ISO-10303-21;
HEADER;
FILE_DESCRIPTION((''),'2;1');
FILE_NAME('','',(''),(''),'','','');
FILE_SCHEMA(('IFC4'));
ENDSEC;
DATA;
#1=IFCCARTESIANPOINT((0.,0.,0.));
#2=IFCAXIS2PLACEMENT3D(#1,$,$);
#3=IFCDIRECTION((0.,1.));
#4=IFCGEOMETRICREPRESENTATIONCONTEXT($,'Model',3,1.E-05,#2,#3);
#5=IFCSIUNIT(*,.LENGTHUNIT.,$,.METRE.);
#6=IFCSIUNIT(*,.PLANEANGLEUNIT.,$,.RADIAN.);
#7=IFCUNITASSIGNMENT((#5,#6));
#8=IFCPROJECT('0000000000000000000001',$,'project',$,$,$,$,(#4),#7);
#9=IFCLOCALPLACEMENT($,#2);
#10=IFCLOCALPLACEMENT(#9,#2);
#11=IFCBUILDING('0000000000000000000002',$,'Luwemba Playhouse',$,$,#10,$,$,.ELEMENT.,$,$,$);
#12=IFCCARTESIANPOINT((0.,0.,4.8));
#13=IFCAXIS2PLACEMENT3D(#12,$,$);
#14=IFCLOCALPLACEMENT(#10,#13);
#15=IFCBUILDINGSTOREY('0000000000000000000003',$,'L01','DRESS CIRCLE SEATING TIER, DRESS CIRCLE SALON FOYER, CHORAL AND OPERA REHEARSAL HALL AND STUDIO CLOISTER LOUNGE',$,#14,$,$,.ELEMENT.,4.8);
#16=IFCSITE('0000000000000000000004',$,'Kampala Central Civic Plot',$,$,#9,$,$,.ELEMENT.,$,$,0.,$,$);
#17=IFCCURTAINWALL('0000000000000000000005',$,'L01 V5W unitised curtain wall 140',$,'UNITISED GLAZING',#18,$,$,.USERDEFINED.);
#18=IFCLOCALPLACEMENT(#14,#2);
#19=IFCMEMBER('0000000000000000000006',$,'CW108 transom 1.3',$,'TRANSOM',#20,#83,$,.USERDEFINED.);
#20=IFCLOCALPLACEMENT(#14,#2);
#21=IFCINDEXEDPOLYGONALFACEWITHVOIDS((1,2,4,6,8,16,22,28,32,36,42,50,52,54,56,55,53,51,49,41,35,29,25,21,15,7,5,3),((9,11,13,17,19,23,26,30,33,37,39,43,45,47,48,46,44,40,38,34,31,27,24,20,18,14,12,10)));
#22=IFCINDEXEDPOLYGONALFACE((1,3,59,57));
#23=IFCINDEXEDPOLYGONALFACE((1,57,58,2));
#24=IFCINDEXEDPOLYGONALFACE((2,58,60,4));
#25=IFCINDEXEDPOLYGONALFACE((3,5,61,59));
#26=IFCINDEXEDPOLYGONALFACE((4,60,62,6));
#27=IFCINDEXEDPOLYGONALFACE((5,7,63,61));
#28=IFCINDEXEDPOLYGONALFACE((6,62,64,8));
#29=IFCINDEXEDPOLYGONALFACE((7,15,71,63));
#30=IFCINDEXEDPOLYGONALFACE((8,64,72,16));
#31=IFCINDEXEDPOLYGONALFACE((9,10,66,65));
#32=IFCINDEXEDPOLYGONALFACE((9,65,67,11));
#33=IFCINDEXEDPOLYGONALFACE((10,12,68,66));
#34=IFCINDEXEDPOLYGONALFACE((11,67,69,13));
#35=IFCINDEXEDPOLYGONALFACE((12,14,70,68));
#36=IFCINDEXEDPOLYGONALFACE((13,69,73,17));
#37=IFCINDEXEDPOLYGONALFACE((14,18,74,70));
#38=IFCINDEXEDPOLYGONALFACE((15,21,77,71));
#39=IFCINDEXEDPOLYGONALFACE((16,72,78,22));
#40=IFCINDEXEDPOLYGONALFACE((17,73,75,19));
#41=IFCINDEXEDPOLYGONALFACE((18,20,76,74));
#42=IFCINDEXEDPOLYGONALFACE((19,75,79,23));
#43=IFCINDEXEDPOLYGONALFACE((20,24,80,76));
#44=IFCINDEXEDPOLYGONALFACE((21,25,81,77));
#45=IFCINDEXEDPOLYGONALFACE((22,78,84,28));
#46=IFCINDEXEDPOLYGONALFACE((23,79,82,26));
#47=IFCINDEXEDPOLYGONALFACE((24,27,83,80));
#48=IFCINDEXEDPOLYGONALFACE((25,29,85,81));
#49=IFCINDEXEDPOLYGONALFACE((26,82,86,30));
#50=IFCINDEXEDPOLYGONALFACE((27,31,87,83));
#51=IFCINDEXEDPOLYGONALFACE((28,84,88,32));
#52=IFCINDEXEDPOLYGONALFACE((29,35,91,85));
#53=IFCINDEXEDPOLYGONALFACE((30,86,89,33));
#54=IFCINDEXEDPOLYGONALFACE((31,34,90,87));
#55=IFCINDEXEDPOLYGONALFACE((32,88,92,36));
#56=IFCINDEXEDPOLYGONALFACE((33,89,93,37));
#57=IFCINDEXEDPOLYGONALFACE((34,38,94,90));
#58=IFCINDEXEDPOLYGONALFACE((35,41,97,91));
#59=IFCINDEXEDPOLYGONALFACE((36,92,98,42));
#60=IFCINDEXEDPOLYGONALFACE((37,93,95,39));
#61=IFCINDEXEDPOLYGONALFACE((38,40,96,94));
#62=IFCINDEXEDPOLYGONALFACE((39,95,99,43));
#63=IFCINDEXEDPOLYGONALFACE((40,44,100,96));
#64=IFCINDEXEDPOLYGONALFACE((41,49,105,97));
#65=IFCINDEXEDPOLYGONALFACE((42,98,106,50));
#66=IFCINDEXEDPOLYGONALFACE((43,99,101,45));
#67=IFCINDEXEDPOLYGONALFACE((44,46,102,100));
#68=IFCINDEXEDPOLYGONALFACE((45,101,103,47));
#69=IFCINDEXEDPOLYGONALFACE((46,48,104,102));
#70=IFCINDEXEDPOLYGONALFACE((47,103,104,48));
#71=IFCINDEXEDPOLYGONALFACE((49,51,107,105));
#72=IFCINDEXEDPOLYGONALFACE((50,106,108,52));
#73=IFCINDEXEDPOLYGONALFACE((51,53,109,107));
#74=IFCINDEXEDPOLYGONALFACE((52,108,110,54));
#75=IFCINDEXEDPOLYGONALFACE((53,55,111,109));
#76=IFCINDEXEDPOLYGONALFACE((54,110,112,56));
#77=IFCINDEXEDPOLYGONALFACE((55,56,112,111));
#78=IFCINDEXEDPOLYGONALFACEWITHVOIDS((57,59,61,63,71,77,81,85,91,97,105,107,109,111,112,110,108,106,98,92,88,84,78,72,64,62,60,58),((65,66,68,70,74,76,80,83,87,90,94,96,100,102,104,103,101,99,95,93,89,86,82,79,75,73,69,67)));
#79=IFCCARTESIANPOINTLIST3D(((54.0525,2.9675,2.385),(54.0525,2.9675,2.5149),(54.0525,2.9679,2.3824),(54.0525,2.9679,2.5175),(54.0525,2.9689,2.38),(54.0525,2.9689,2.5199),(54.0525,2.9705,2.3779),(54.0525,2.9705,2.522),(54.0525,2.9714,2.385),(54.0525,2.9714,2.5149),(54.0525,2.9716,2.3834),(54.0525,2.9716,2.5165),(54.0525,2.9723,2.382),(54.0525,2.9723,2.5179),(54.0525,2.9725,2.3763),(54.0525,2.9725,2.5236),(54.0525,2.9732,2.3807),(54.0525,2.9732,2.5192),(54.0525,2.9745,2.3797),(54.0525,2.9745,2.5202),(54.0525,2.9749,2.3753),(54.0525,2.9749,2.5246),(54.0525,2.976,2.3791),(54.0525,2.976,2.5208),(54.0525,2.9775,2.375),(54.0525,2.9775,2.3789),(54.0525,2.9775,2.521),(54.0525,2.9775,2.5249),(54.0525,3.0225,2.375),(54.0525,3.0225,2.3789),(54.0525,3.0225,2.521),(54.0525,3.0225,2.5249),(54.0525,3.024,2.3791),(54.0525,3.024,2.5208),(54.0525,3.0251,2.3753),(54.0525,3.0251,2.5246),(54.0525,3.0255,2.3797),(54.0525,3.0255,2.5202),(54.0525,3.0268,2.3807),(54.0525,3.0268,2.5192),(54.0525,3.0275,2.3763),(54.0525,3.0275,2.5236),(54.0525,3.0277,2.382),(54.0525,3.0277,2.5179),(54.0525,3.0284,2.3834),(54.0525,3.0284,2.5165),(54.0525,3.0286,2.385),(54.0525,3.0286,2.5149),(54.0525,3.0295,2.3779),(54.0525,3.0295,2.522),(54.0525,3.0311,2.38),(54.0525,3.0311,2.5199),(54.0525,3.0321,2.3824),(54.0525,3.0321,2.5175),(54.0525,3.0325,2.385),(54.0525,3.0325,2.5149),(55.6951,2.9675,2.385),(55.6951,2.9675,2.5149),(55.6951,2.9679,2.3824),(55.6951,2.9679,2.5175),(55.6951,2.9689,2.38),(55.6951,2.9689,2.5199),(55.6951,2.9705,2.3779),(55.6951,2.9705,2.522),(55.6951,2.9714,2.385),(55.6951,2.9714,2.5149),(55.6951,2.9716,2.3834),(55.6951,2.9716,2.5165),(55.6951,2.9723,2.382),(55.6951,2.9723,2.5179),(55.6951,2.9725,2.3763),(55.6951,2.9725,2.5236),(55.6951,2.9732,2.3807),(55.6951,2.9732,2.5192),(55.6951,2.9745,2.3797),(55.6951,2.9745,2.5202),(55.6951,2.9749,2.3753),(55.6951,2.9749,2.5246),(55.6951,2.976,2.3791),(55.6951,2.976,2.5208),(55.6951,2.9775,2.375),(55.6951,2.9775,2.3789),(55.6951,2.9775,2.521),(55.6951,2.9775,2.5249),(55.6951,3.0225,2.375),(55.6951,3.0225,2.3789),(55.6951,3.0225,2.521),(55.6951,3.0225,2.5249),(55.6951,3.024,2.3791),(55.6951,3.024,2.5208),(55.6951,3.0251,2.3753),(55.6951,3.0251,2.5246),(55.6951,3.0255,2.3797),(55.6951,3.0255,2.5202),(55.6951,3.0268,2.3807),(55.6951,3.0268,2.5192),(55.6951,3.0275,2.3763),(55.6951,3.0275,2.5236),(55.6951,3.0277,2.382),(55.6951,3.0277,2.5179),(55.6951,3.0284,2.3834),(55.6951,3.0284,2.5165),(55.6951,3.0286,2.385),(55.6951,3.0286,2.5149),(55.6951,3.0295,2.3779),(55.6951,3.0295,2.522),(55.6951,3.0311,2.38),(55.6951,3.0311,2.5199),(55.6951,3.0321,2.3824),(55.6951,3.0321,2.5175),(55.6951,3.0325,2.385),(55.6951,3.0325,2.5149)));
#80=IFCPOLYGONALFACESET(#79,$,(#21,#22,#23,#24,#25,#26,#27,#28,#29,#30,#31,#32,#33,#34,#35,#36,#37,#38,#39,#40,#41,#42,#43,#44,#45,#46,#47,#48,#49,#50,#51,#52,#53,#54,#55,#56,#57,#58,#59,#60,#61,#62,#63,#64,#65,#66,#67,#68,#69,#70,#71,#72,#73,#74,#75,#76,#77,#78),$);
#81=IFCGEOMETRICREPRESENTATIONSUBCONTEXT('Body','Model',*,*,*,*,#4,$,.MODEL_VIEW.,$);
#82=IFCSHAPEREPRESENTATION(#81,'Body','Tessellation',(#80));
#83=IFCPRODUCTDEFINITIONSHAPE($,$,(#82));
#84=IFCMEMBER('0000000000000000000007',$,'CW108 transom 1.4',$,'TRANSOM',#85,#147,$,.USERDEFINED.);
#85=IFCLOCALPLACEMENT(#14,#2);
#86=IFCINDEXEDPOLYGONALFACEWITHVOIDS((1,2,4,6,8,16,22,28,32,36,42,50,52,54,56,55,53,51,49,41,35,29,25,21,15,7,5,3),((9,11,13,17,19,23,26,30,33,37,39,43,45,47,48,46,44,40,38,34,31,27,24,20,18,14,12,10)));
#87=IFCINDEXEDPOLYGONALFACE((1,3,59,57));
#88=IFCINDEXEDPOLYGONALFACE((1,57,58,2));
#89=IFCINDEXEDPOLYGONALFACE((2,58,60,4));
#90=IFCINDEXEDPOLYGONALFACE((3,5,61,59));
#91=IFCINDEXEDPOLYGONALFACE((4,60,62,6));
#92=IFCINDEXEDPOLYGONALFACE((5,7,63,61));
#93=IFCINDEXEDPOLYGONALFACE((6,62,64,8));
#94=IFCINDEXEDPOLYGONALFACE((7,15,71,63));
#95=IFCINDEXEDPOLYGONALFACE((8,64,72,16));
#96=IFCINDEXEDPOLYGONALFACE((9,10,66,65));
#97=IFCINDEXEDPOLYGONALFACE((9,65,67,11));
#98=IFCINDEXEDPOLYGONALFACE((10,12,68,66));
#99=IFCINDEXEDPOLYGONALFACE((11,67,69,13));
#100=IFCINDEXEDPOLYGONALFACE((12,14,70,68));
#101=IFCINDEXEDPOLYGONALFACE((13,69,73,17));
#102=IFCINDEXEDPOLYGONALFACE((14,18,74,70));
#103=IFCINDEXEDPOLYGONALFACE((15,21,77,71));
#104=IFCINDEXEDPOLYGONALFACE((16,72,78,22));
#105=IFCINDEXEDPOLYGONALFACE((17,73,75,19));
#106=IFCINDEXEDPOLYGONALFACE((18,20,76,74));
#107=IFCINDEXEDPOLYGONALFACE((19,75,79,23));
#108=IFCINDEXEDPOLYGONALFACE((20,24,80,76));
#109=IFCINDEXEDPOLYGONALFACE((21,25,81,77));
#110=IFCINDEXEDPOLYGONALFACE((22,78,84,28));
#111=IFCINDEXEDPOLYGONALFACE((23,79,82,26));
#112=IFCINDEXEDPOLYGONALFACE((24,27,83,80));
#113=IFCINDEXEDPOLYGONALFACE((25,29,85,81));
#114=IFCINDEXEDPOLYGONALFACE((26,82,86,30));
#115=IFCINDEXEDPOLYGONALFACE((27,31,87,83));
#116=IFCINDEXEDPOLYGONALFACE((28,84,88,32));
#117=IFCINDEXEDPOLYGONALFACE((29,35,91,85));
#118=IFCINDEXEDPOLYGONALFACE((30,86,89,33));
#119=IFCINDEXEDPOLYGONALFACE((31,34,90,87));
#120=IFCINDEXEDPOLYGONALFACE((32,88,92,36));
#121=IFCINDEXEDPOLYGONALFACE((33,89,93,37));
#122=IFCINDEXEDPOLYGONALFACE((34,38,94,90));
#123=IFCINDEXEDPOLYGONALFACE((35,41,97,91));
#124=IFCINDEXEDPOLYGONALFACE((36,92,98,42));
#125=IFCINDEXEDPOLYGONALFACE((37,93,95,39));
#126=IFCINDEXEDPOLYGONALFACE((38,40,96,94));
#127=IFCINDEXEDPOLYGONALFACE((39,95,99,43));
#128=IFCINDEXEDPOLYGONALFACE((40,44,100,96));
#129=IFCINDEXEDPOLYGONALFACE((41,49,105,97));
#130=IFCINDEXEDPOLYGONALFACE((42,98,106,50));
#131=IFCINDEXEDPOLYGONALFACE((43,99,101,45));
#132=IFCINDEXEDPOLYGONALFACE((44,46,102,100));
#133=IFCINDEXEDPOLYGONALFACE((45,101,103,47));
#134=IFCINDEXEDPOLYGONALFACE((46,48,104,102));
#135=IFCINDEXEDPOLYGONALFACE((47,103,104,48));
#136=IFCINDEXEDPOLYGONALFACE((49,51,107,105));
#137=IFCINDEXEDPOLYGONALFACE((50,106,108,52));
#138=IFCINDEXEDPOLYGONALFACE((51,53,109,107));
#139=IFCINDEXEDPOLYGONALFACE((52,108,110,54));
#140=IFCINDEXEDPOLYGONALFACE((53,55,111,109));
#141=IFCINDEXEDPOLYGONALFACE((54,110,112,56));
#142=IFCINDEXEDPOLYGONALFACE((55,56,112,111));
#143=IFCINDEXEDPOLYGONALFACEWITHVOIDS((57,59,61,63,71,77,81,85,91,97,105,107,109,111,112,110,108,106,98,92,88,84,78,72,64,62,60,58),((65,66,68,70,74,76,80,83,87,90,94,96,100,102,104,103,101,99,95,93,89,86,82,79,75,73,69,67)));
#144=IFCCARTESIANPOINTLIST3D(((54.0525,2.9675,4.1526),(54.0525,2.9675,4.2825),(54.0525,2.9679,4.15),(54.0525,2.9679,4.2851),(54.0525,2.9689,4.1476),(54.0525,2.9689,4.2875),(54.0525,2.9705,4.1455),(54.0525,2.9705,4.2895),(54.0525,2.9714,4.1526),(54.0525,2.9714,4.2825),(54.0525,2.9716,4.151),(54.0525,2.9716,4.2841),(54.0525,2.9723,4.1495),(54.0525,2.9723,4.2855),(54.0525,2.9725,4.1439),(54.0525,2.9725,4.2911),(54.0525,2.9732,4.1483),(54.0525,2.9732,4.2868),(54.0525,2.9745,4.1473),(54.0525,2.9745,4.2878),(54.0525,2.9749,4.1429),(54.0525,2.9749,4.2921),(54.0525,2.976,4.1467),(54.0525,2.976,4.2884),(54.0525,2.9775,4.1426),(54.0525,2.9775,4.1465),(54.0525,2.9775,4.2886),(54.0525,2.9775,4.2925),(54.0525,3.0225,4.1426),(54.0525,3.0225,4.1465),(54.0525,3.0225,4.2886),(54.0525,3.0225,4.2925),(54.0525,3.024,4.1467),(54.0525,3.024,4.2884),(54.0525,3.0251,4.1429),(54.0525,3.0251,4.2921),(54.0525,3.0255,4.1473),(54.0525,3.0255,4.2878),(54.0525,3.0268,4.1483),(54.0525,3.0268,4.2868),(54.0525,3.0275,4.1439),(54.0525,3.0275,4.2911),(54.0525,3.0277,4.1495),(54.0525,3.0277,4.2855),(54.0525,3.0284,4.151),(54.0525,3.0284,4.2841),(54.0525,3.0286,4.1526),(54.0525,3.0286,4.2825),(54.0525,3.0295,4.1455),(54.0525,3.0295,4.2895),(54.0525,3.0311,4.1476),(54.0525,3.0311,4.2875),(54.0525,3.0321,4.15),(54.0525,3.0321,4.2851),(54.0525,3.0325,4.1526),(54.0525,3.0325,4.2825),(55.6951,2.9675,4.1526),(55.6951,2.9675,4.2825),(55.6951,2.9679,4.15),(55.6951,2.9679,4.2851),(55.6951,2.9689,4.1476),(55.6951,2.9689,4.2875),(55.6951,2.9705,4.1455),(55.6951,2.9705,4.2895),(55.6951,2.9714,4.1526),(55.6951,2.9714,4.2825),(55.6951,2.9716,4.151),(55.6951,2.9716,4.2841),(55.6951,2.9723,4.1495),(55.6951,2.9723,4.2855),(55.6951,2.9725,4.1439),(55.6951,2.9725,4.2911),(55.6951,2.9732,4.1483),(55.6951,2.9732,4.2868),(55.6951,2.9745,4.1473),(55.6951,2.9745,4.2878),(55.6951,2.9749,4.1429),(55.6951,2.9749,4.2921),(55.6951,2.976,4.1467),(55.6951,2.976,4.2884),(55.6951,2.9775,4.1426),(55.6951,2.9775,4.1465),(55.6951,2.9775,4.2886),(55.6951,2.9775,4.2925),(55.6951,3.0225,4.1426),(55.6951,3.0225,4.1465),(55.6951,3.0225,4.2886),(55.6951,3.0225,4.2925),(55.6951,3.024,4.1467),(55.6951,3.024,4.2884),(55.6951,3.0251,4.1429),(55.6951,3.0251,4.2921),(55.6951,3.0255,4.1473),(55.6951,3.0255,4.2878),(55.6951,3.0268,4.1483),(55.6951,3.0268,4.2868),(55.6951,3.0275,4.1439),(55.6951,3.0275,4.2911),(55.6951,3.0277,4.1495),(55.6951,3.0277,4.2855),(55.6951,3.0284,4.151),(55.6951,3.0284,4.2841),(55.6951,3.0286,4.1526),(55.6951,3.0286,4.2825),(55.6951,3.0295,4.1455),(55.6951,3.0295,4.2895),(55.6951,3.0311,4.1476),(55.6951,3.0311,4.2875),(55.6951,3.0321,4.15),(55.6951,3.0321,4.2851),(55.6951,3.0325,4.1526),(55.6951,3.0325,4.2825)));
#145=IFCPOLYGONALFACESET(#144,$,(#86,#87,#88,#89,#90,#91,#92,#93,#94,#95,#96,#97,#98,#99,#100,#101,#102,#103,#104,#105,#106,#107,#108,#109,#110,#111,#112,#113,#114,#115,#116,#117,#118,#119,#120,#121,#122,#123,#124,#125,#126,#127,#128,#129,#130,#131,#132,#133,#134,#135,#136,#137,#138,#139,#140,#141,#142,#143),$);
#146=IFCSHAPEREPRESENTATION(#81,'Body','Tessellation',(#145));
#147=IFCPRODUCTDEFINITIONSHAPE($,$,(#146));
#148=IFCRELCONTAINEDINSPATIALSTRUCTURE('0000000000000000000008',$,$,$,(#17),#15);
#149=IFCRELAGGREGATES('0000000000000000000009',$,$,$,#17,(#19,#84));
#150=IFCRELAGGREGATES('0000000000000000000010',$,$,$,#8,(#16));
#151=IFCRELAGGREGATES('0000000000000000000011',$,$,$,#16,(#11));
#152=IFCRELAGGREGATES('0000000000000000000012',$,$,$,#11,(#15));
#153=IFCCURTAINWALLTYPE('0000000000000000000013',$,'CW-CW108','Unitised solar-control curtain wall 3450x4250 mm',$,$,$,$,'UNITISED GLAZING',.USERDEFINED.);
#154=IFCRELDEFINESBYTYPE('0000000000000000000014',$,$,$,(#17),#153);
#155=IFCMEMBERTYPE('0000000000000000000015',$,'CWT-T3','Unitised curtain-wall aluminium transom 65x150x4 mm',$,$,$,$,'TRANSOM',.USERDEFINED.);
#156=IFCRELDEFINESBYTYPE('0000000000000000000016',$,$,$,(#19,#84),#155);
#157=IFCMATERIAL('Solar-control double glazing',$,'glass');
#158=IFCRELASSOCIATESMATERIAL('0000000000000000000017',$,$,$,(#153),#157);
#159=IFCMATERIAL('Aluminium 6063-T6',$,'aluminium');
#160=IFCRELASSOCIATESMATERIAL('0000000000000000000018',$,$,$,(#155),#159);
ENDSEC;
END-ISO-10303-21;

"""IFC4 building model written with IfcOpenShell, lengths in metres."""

from ifc_helpers import new_model, si_unit, direction, frame, origin, origin_2d, place, context, subcontext, project, spatial, hollow_rectangle, extrude, material, material_profile, profile_set, type_object, element, aggregate, save


model = new_model("IFC4")

# Units and contexts
model_context = context("Model", 3, precision=1e-05, world=origin(), true_north=direction((0.0, 1.0)))
body_context = subcontext(model_context, "Body", "Model", "MODEL_VIEW")
ifc_project = project(units=[si_unit("LENGTHUNIT", "METRE"), si_unit("PLANEANGLEUNIT", "RADIAN")], contexts=[model_context])

# Site, building, storey
site_placement = place(None, origin())
site = spatial("IfcSite", under=ifc_project, at=site_placement, Name="Kampala Central Civic Plot", CompositionType="ELEMENT", RefElevation=0.0)
building_placement = place(site_placement, origin())
building = spatial("IfcBuilding", under=site, at=building_placement, Name="Luwemba Playhouse", CompositionType="ELEMENT")
storey_placement = place(building_placement, frame((0.0, 0.0, 4.8)))
storey = spatial("IfcBuildingStorey", under=building, at=storey_placement, Name="L01", Description="DRESS CIRCLE SEATING TIER, DRESS CIRCLE SALON FOYER, CHORAL AND OPERA REHEARSAL HALL AND STUDIO CLOISTER LOUNGE", CompositionType="ELEMENT", Elevation=4.8)

# Shared definitions
ifc_material_1 = material(Name="Solar-control double glazing", Category="glass")
ifc_material_2 = material(Name="Aluminium 6063-T6", Category="aluminium")

# Curtain wall
curtain_wall_type_1 = type_object("IfcCurtainWallType", Name="CW-CW108", Description="Unitised solar-control curtain wall 3450x4250 mm", ElementType="UNITISED GLAZING", PredefinedType="USERDEFINED", material=ifc_material_1)
curtain_wall_1_placement = place(storey_placement, origin())
curtain_wall_1 = element("IfcCurtainWall", 1, at=curtain_wall_1_placement, inside=storey, type_object=curtain_wall_type_1, Name="L01 V5W unitised curtain wall 140", ObjectType="UNITISED GLAZING", PredefinedType="USERDEFINED")

# Members
ifc_material_profile_1 = material_profile(ifc_material_2, hollow_rectangle(XDim=0.0649, YDim=0.1499, WallThickness=0.0039, InnerFilletRadius=0.0061, OuterFilletRadius=0.01, at=origin_2d()))
ifc_profile_set_1 = profile_set([ifc_material_profile_1], Name="Aluminium 6063-T6")
member_type_1 = type_object("IfcMemberType", Name="CWT-T3", Description="Unitised curtain-wall aluminium transom 65x150x4 mm", ElementType="TRANSOM", PredefinedType="USERDEFINED", material=ifc_profile_set_1)
member_1_placement = place(storey_placement, frame((55.6951, 3.0, 2.45), z_axis=(-1.0, 0.0, 0.0), x_axis=(0.0, -1.0, 0.0)))
member_1 = element("IfcMember", 2, at=member_1_placement, type_object=member_type_1, Name="CW108 transom 1.3", ObjectType="TRANSOM", PredefinedType="USERDEFINED", context=body_context, shape_type="SweptSolid", body=[
    extrude(hollow_rectangle(XDim=0.0649, YDim=0.1499, WallThickness=0.0039, InnerFilletRadius=0.0061, OuterFilletRadius=0.01, at=origin_2d()), origin(), (0.0, 0.0, 1.0), 1.6426),
])
member_2_placement = place(storey_placement, frame((55.6951, 3.0, 4.2175), z_axis=(-1.0, 0.0, 0.0), x_axis=(0.0, -1.0, 0.0)))
member_2 = element("IfcMember", 3, at=member_2_placement, type_object=member_type_1, Name="CW108 transom 1.4", ObjectType="TRANSOM", PredefinedType="USERDEFINED", context=body_context, shape_type="SweptSolid", body=[
    extrude(hollow_rectangle(XDim=0.0649, YDim=0.1499, WallThickness=0.0039, InnerFilletRadius=0.0061, OuterFilletRadius=0.01, at=origin_2d()), origin(), (0.0, 0.0, 1.0), 1.6426),
])

aggregate(curtain_wall_1, [member_1, member_2])

save(model, "model.ifc")
